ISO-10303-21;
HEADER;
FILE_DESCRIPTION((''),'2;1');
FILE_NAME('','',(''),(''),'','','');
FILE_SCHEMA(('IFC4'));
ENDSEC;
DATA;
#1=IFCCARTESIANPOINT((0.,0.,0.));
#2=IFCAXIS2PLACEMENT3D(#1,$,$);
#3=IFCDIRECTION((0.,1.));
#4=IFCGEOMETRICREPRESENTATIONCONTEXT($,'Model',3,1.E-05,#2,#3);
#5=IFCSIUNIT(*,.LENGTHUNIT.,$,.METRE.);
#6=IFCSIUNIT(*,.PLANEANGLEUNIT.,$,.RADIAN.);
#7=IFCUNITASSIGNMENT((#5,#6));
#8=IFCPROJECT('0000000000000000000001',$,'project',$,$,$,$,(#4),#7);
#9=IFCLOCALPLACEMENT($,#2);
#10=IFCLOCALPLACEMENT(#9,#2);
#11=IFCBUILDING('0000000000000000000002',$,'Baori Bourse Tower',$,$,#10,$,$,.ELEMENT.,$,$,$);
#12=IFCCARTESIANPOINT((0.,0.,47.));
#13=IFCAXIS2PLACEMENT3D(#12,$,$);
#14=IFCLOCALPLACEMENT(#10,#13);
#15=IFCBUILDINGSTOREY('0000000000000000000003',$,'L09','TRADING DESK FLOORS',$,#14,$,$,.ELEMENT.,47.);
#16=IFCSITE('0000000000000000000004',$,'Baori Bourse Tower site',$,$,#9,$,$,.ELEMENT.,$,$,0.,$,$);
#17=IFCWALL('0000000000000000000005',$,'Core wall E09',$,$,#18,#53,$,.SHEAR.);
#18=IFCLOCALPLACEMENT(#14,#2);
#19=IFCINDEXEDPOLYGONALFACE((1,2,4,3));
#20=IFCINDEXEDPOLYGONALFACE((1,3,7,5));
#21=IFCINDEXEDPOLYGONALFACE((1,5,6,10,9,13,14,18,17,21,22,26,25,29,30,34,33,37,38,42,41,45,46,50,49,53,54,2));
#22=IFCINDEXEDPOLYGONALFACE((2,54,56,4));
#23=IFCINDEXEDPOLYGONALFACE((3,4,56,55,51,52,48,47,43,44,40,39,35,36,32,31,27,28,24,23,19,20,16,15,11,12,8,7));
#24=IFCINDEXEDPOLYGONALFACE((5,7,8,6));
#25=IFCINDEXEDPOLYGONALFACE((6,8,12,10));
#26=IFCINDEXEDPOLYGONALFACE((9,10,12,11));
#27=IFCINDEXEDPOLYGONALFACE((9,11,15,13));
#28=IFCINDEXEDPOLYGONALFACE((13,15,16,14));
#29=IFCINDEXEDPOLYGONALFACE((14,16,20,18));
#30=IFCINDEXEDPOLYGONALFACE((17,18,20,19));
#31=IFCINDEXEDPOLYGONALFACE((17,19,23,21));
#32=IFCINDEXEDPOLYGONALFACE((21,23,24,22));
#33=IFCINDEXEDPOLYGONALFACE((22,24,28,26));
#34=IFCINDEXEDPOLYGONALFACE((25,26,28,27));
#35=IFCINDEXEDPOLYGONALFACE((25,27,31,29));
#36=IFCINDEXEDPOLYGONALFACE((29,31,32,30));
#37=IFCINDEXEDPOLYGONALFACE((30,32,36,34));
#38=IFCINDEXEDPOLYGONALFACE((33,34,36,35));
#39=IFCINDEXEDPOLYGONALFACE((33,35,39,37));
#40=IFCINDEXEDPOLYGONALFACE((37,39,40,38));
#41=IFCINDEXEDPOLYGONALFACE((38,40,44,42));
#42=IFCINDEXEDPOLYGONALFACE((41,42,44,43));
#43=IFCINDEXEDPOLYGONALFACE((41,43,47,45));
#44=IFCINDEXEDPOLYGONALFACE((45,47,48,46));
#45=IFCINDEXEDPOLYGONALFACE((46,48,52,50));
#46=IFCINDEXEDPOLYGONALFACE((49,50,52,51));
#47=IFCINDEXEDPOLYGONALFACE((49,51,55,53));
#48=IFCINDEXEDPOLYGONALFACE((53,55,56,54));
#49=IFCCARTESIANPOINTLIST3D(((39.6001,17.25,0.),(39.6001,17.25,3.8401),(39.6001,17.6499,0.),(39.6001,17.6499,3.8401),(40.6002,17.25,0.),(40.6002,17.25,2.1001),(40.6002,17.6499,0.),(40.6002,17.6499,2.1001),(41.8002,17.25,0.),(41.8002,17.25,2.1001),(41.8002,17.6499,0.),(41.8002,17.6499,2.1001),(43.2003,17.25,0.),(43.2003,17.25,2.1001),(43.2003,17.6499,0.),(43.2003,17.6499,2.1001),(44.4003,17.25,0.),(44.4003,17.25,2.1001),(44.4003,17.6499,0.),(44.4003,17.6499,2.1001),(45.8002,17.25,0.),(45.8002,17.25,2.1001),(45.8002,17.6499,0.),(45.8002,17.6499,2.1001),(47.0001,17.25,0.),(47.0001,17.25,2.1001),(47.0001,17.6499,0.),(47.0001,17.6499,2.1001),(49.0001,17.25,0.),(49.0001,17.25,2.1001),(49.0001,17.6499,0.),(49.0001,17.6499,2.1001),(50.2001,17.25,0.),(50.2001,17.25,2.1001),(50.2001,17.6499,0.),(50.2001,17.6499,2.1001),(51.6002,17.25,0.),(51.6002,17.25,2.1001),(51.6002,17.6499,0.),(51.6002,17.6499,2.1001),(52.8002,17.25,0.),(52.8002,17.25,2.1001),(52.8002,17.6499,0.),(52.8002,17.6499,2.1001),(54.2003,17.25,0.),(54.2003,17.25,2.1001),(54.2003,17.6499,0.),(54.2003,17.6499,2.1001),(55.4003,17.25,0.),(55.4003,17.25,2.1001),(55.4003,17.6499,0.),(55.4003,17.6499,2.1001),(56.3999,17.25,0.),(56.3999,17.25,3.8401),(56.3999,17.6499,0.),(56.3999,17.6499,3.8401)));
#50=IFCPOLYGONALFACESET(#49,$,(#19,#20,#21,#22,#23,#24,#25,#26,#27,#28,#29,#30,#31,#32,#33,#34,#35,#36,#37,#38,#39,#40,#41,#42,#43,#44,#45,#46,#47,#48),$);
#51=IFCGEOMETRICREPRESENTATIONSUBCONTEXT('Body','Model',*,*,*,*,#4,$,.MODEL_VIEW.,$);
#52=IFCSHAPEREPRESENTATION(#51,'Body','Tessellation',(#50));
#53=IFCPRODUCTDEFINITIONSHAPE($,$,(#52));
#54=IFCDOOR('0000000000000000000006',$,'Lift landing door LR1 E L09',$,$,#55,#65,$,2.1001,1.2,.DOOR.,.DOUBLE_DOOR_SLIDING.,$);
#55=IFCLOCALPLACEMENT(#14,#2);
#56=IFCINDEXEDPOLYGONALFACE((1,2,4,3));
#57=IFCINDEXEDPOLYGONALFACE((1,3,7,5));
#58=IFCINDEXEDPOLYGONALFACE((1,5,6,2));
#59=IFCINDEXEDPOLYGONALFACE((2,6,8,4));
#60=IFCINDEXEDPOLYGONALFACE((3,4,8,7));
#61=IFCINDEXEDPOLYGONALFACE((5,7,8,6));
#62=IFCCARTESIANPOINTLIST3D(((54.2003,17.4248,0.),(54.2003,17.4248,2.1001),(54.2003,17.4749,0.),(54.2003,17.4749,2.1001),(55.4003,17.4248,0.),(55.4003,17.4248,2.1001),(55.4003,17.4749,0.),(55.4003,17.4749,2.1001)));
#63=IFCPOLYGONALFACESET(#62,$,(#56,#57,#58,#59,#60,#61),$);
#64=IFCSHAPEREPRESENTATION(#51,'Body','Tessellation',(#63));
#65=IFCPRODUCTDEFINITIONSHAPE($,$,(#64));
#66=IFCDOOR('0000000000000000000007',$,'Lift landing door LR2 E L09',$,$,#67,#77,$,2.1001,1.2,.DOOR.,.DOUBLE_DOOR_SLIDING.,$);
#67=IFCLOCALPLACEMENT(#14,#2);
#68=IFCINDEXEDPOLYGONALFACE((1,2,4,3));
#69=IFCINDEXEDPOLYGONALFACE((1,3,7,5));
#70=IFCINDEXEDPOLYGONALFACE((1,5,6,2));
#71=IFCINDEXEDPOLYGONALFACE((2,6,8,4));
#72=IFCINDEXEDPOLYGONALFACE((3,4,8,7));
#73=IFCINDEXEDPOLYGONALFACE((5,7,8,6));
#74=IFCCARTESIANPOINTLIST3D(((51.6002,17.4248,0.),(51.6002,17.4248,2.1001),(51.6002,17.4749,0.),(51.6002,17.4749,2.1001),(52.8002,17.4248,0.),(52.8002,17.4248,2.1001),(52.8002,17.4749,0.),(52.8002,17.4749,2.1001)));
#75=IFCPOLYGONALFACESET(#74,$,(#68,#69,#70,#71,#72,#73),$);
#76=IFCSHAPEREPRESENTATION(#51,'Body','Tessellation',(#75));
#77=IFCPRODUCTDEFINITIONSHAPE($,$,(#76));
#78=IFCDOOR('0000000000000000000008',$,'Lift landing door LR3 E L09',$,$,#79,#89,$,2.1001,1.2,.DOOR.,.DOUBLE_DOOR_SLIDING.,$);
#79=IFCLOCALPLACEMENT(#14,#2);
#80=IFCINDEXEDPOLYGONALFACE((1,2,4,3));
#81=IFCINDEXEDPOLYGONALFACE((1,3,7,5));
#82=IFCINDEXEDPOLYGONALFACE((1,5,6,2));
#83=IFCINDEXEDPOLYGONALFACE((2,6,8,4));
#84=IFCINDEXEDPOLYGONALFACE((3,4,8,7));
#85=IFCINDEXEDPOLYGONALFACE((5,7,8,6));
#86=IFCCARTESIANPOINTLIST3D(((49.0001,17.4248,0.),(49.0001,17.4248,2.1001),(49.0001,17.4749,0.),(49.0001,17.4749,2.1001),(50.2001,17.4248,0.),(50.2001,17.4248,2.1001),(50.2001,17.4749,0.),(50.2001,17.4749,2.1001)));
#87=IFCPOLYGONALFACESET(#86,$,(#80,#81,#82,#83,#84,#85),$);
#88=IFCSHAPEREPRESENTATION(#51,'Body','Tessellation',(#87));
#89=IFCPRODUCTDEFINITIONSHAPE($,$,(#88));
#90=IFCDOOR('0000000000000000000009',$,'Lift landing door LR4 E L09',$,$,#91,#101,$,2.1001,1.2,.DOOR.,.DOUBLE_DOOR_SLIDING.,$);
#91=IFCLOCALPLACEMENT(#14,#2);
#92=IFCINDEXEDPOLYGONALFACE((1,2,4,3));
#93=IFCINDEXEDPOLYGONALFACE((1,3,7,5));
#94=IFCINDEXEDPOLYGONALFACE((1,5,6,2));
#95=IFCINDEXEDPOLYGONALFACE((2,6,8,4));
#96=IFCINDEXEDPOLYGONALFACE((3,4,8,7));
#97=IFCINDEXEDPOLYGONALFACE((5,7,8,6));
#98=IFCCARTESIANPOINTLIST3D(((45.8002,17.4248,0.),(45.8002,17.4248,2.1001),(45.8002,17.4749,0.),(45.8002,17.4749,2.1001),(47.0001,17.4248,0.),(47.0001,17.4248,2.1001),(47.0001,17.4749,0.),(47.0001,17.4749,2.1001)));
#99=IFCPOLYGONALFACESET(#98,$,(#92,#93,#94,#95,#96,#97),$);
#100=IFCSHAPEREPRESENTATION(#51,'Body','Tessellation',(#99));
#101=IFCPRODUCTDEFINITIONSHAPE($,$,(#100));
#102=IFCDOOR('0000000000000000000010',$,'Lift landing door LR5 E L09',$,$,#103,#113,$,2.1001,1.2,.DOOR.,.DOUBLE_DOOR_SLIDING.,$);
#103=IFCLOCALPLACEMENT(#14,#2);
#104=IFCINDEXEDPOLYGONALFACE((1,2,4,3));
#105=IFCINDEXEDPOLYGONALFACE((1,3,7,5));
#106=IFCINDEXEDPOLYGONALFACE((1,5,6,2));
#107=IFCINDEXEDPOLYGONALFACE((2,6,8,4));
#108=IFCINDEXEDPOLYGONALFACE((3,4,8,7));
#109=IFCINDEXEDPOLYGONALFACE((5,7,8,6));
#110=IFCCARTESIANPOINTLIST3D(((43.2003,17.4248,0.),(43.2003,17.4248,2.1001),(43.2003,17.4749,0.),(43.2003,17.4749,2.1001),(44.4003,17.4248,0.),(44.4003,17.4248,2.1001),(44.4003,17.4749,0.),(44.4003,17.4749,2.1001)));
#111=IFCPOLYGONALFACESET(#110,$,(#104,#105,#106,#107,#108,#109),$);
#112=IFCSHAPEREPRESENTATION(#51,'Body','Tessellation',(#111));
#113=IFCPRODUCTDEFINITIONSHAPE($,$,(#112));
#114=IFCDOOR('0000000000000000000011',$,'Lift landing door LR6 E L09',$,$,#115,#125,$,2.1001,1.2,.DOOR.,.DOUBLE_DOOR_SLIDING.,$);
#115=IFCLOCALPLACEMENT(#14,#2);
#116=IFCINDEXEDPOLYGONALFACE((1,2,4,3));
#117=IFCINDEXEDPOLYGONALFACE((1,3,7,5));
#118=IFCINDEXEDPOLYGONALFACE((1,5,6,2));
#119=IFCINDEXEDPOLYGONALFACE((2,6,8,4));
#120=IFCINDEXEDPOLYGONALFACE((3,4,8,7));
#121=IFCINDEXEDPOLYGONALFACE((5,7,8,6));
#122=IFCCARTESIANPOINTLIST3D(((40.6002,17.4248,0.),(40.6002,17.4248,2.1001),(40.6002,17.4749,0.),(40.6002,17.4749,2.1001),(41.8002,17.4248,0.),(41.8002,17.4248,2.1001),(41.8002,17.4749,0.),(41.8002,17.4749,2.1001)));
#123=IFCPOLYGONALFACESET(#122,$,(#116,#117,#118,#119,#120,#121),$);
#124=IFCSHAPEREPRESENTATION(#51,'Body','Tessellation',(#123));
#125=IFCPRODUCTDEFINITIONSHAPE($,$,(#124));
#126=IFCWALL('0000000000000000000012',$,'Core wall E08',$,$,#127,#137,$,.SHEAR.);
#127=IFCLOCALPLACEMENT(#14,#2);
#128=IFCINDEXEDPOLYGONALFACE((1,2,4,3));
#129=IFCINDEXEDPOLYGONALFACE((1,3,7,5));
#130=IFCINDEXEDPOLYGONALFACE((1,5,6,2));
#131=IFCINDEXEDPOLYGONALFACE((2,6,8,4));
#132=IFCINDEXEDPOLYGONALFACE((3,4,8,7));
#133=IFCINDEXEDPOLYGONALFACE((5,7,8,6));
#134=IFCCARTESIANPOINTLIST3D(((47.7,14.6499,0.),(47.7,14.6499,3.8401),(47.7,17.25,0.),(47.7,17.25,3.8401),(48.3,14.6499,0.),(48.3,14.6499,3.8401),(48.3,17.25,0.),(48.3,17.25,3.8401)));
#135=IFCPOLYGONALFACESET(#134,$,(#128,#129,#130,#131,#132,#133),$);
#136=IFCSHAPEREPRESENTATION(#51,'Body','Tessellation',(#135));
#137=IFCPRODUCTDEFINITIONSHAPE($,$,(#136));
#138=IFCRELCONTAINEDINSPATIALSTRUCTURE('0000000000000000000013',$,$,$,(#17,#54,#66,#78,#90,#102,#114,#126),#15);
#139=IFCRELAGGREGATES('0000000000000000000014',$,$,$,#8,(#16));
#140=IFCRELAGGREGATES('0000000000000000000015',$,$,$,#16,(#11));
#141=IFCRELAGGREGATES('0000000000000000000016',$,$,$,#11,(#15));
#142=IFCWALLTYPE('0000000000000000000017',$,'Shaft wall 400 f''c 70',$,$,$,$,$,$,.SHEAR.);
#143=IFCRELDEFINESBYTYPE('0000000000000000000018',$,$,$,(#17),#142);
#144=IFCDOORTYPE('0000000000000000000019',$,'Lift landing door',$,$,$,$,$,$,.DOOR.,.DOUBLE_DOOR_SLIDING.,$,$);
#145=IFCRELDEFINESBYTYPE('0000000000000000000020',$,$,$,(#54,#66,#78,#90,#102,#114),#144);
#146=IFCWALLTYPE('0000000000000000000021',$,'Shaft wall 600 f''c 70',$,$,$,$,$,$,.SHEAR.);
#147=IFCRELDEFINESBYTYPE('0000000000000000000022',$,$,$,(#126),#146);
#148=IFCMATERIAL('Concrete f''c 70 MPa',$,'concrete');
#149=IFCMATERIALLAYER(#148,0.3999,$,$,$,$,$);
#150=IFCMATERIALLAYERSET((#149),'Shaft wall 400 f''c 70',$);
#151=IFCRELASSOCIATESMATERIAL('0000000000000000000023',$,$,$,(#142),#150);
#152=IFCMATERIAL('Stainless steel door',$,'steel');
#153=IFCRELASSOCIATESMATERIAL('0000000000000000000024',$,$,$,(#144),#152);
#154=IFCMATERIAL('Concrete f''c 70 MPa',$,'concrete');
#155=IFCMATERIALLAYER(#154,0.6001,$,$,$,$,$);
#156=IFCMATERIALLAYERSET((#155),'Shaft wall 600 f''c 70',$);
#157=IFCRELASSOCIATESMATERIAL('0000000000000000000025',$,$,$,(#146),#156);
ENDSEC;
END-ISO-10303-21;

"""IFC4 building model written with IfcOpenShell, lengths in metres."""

from ifc_helpers import new_model, si_unit, direction, frame, frame_2d, origin, place, context, subcontext, project, spatial, rectangle, extrude, material, layer, layer_set, type_object, element, fill, save


model = new_model("IFC4")

# Units and contexts
model_context = context("Model", 3, precision=1e-05, world=origin(), true_north=direction((0.0, 1.0)))
body_context = subcontext(model_context, "Body", "Model", "MODEL_VIEW")
ifc_project = project(units=[si_unit("LENGTHUNIT", "METRE"), si_unit("PLANEANGLEUNIT", "RADIAN")], contexts=[model_context])

# Site, building, storey
site_placement = place(None, origin())
site = spatial("IfcSite", under=ifc_project, at=site_placement, Name="Baori Bourse Tower site", CompositionType="ELEMENT", RefElevation=0.0)
building_placement = place(site_placement, origin())
building = spatial("IfcBuilding", under=site, at=building_placement, Name="Baori Bourse Tower", CompositionType="ELEMENT")
storey_placement = place(building_placement, frame((0.0, 0.0, 47.0)))
storey = spatial("IfcBuildingStorey", under=building, at=storey_placement, Name="L09", Description="TRADING DESK FLOORS", CompositionType="ELEMENT", Elevation=47.0)

# Wall, openings, doors
ifc_material_1 = material(Name="Concrete f'c 70 MPa", Category="concrete")
ifc_layer_1 = layer(ifc_material_1, 0.3999)
ifc_layer_set_1 = layer_set([ifc_layer_1], Name="Shaft wall 400 f'c 70")
wall_type_1 = type_object("IfcWallType", Name="Shaft wall 400 f'c 70", PredefinedType="SHEAR", material=ifc_layer_set_1)
wall_1_placement = place(storey_placement, frame((39.6001, 17.45, 0.0), z_axis=(0.0, 0.0, 1.0), x_axis=(1.0, 0.0, 0.0)))
wall_1 = element("IfcWall", 1, at=wall_1_placement, inside=storey, type_object=wall_type_1, Name="Core wall E09", PredefinedType="SHEAR", context=body_context, shape_type="SweptSolid", body=[
    extrude(rectangle(XDim=16.7998, YDim=0.3999, at=frame_2d((8.3999, 0.0))), origin(), (0.0, 0.0, 1.0), 3.8401),
])
opening_1_placement = place(wall_1_placement, frame((14.6001, 0.0, 0.0)))
opening_1 = element("IfcOpeningElement", 2, at=opening_1_placement, cuts=wall_1, PredefinedType="OPENING", context=body_context, shape_type="SweptSolid", body=[
    extrude(rectangle(XDim=1.2, YDim=2.1001, at=frame_2d((0.6001, 1.05))), frame((0.0, 0.21, 0.0), z_axis=(0.0, -1.0, 0.0), x_axis=(1.0, 0.0, 0.0)), (0.0, 0.0, 1.0), 0.4199),
])
opening_2_placement = place(wall_1_placement, frame((12.0, 0.0, 0.0)))
opening_2 = element("IfcOpeningElement", 3, at=opening_2_placement, cuts=wall_1, PredefinedType="OPENING", context=body_context, shape_type="SweptSolid", body=[
    extrude(rectangle(XDim=1.2, YDim=2.1001, at=frame_2d((0.6001, 1.05))), frame((0.0, 0.21, 0.0), z_axis=(0.0, -1.0, 0.0), x_axis=(1.0, 0.0, 0.0)), (0.0, 0.0, 1.0), 0.4199),
])
opening_3_placement = place(wall_1_placement, frame((9.3999, 0.0, 0.0)))
opening_3 = element("IfcOpeningElement", 4, at=opening_3_placement, cuts=wall_1, PredefinedType="OPENING", context=body_context, shape_type="SweptSolid", body=[
    extrude(rectangle(XDim=1.2, YDim=2.1001, at=frame_2d((0.6001, 1.05))), frame((0.0, 0.21, 0.0), z_axis=(0.0, -1.0, 0.0), x_axis=(1.0, 0.0, 0.0)), (0.0, 0.0, 1.0), 0.4199),
])
opening_4_placement = place(wall_1_placement, frame((6.2, 0.0, 0.0)))
opening_4 = element("IfcOpeningElement", 5, at=opening_4_placement, cuts=wall_1, PredefinedType="OPENING", context=body_context, shape_type="SweptSolid", body=[
    extrude(rectangle(XDim=1.2, YDim=2.1001, at=frame_2d((0.6001, 1.05))), frame((0.0, 0.21, 0.0), z_axis=(0.0, -1.0, 0.0), x_axis=(1.0, 0.0, 0.0)), (0.0, 0.0, 1.0), 0.4199),
])
opening_5_placement = place(wall_1_placement, frame((3.6001, 0.0, 0.0)))
opening_5 = element("IfcOpeningElement", 6, at=opening_5_placement, cuts=wall_1, PredefinedType="OPENING", context=body_context, shape_type="SweptSolid", body=[
    extrude(rectangle(XDim=1.2, YDim=2.1001, at=frame_2d((0.6001, 1.05))), frame((0.0, 0.21, 0.0), z_axis=(0.0, -1.0, 0.0), x_axis=(1.0, 0.0, 0.0)), (0.0, 0.0, 1.0), 0.4199),
])
opening_6_placement = place(wall_1_placement, frame((1.0, 0.0, 0.0)))
opening_6 = element("IfcOpeningElement", 7, at=opening_6_placement, cuts=wall_1, PredefinedType="OPENING", context=body_context, shape_type="SweptSolid", body=[
    extrude(rectangle(XDim=1.2, YDim=2.1001, at=frame_2d((0.6001, 1.05))), frame((0.0, 0.21, 0.0), z_axis=(0.0, -1.0, 0.0), x_axis=(1.0, 0.0, 0.0)), (0.0, 0.0, 1.0), 0.4199),
])
ifc_material_2 = material(Name="Stainless steel door", Category="steel")
door_type_1 = type_object("IfcDoorType", Name="Lift landing door", OperationType="DOUBLE_DOOR_SLIDING", PredefinedType="DOOR", material=ifc_material_2)
door_1_placement = place(opening_1_placement, origin())
door_1 = element("IfcDoor", 8, at=door_1_placement, inside=storey, type_object=door_type_1, Name="Lift landing door LR1 E L09", OperationType="DOUBLE_DOOR_SLIDING", OverallHeight=2.1001, OverallWidth=1.2, PredefinedType="DOOR", context=body_context, shape_type="SweptSolid", body=[
    extrude(rectangle(XDim=1.2, YDim=2.1001, at=frame_2d((0.6001, 1.05))), frame((0.0, 0.0249, 0.0), z_axis=(0.0, -1.0, 0.0), x_axis=(1.0, 0.0, 0.0)), (0.0, 0.0, 1.0), 0.05),
])
fill(opening_1, door_1)
door_2_placement = place(opening_2_placement, origin())
door_2 = element("IfcDoor", 9, at=door_2_placement, inside=storey, type_object=door_type_1, Name="Lift landing door LR2 E L09", OperationType="DOUBLE_DOOR_SLIDING", OverallHeight=2.1001, OverallWidth=1.2, PredefinedType="DOOR", context=body_context, shape_type="SweptSolid", body=[
    extrude(rectangle(XDim=1.2, YDim=2.1001, at=frame_2d((0.6001, 1.05))), frame((0.0, 0.0249, 0.0), z_axis=(0.0, -1.0, 0.0), x_axis=(1.0, 0.0, 0.0)), (0.0, 0.0, 1.0), 0.05),
])
fill(opening_2, door_2)
door_3_placement = place(opening_3_placement, origin())
door_3 = element("IfcDoor", 10, at=door_3_placement, inside=storey, type_object=door_type_1, Name="Lift landing door LR3 E L09", OperationType="DOUBLE_DOOR_SLIDING", OverallHeight=2.1001, OverallWidth=1.2, PredefinedType="DOOR", context=body_context, shape_type="SweptSolid", body=[
    extrude(rectangle(XDim=1.2, YDim=2.1001, at=frame_2d((0.6001, 1.05))), frame((0.0, 0.0249, 0.0), z_axis=(0.0, -1.0, 0.0), x_axis=(1.0, 0.0, 0.0)), (0.0, 0.0, 1.0), 0.05),
])
fill(opening_3, door_3)
door_4_placement = place(opening_4_placement, origin())
door_4 = element("IfcDoor", 11, at=door_4_placement, inside=storey, type_object=door_type_1, Name="Lift landing door LR4 E L09", OperationType="DOUBLE_DOOR_SLIDING", OverallHeight=2.1001, OverallWidth=1.2, PredefinedType="DOOR", context=body_context, shape_type="SweptSolid", body=[
    extrude(rectangle(XDim=1.2, YDim=2.1001, at=frame_2d((0.6001, 1.05))), frame((0.0, 0.0249, 0.0), z_axis=(0.0, -1.0, 0.0), x_axis=(1.0, 0.0, 0.0)), (0.0, 0.0, 1.0), 0.05),
])
fill(opening_4, door_4)
door_5_placement = place(opening_5_placement, origin())
door_5 = element("IfcDoor", 12, at=door_5_placement, inside=storey, type_object=door_type_1, Name="Lift landing door LR5 E L09", OperationType="DOUBLE_DOOR_SLIDING", OverallHeight=2.1001, OverallWidth=1.2, PredefinedType="DOOR", context=body_context, shape_type="SweptSolid", body=[
    extrude(rectangle(XDim=1.2, YDim=2.1001, at=frame_2d((0.6001, 1.05))), frame((0.0, 0.0249, 0.0), z_axis=(0.0, -1.0, 0.0), x_axis=(1.0, 0.0, 0.0)), (0.0, 0.0, 1.0), 0.05),
])
fill(opening_5, door_5)
door_6_placement = place(opening_6_placement, origin())
door_6 = element("IfcDoor", 13, at=door_6_placement, inside=storey, type_object=door_type_1, Name="Lift landing door LR6 E L09", OperationType="DOUBLE_DOOR_SLIDING", OverallHeight=2.1001, OverallWidth=1.2, PredefinedType="DOOR", context=body_context, shape_type="SweptSolid", body=[
    extrude(rectangle(XDim=1.2, YDim=2.1001, at=frame_2d((0.6001, 1.05))), frame((0.0, 0.0249, 0.0), z_axis=(0.0, -1.0, 0.0), x_axis=(1.0, 0.0, 0.0)), (0.0, 0.0, 1.0), 0.05),
])
fill(opening_6, door_6)

# Wall
ifc_material_3 = material(Name="Concrete f'c 70 MPa", Category="concrete")
ifc_layer_2 = layer(ifc_material_3, 0.6001)
ifc_layer_set_2 = layer_set([ifc_layer_2], Name="Shaft wall 600 f'c 70")
wall_type_2 = type_object("IfcWallType", Name="Shaft wall 600 f'c 70", PredefinedType="SHEAR", material=ifc_layer_set_2)
wall_2_placement = place(storey_placement, frame((48.0, 14.6499, 0.0), z_axis=(0.0, 0.0, 1.0), x_axis=(0.0, 1.0, 0.0)))
element("IfcWall", 14, at=wall_2_placement, inside=storey, type_object=wall_type_2, Name="Core wall E08", PredefinedType="SHEAR", context=body_context, shape_type="SweptSolid", body=[
    extrude(rectangle(XDim=2.6001, YDim=0.6001, at=frame_2d((1.3, 0.0))), origin(), (0.0, 0.0, 1.0), 3.8401),
])

save(model, "model.ifc")
